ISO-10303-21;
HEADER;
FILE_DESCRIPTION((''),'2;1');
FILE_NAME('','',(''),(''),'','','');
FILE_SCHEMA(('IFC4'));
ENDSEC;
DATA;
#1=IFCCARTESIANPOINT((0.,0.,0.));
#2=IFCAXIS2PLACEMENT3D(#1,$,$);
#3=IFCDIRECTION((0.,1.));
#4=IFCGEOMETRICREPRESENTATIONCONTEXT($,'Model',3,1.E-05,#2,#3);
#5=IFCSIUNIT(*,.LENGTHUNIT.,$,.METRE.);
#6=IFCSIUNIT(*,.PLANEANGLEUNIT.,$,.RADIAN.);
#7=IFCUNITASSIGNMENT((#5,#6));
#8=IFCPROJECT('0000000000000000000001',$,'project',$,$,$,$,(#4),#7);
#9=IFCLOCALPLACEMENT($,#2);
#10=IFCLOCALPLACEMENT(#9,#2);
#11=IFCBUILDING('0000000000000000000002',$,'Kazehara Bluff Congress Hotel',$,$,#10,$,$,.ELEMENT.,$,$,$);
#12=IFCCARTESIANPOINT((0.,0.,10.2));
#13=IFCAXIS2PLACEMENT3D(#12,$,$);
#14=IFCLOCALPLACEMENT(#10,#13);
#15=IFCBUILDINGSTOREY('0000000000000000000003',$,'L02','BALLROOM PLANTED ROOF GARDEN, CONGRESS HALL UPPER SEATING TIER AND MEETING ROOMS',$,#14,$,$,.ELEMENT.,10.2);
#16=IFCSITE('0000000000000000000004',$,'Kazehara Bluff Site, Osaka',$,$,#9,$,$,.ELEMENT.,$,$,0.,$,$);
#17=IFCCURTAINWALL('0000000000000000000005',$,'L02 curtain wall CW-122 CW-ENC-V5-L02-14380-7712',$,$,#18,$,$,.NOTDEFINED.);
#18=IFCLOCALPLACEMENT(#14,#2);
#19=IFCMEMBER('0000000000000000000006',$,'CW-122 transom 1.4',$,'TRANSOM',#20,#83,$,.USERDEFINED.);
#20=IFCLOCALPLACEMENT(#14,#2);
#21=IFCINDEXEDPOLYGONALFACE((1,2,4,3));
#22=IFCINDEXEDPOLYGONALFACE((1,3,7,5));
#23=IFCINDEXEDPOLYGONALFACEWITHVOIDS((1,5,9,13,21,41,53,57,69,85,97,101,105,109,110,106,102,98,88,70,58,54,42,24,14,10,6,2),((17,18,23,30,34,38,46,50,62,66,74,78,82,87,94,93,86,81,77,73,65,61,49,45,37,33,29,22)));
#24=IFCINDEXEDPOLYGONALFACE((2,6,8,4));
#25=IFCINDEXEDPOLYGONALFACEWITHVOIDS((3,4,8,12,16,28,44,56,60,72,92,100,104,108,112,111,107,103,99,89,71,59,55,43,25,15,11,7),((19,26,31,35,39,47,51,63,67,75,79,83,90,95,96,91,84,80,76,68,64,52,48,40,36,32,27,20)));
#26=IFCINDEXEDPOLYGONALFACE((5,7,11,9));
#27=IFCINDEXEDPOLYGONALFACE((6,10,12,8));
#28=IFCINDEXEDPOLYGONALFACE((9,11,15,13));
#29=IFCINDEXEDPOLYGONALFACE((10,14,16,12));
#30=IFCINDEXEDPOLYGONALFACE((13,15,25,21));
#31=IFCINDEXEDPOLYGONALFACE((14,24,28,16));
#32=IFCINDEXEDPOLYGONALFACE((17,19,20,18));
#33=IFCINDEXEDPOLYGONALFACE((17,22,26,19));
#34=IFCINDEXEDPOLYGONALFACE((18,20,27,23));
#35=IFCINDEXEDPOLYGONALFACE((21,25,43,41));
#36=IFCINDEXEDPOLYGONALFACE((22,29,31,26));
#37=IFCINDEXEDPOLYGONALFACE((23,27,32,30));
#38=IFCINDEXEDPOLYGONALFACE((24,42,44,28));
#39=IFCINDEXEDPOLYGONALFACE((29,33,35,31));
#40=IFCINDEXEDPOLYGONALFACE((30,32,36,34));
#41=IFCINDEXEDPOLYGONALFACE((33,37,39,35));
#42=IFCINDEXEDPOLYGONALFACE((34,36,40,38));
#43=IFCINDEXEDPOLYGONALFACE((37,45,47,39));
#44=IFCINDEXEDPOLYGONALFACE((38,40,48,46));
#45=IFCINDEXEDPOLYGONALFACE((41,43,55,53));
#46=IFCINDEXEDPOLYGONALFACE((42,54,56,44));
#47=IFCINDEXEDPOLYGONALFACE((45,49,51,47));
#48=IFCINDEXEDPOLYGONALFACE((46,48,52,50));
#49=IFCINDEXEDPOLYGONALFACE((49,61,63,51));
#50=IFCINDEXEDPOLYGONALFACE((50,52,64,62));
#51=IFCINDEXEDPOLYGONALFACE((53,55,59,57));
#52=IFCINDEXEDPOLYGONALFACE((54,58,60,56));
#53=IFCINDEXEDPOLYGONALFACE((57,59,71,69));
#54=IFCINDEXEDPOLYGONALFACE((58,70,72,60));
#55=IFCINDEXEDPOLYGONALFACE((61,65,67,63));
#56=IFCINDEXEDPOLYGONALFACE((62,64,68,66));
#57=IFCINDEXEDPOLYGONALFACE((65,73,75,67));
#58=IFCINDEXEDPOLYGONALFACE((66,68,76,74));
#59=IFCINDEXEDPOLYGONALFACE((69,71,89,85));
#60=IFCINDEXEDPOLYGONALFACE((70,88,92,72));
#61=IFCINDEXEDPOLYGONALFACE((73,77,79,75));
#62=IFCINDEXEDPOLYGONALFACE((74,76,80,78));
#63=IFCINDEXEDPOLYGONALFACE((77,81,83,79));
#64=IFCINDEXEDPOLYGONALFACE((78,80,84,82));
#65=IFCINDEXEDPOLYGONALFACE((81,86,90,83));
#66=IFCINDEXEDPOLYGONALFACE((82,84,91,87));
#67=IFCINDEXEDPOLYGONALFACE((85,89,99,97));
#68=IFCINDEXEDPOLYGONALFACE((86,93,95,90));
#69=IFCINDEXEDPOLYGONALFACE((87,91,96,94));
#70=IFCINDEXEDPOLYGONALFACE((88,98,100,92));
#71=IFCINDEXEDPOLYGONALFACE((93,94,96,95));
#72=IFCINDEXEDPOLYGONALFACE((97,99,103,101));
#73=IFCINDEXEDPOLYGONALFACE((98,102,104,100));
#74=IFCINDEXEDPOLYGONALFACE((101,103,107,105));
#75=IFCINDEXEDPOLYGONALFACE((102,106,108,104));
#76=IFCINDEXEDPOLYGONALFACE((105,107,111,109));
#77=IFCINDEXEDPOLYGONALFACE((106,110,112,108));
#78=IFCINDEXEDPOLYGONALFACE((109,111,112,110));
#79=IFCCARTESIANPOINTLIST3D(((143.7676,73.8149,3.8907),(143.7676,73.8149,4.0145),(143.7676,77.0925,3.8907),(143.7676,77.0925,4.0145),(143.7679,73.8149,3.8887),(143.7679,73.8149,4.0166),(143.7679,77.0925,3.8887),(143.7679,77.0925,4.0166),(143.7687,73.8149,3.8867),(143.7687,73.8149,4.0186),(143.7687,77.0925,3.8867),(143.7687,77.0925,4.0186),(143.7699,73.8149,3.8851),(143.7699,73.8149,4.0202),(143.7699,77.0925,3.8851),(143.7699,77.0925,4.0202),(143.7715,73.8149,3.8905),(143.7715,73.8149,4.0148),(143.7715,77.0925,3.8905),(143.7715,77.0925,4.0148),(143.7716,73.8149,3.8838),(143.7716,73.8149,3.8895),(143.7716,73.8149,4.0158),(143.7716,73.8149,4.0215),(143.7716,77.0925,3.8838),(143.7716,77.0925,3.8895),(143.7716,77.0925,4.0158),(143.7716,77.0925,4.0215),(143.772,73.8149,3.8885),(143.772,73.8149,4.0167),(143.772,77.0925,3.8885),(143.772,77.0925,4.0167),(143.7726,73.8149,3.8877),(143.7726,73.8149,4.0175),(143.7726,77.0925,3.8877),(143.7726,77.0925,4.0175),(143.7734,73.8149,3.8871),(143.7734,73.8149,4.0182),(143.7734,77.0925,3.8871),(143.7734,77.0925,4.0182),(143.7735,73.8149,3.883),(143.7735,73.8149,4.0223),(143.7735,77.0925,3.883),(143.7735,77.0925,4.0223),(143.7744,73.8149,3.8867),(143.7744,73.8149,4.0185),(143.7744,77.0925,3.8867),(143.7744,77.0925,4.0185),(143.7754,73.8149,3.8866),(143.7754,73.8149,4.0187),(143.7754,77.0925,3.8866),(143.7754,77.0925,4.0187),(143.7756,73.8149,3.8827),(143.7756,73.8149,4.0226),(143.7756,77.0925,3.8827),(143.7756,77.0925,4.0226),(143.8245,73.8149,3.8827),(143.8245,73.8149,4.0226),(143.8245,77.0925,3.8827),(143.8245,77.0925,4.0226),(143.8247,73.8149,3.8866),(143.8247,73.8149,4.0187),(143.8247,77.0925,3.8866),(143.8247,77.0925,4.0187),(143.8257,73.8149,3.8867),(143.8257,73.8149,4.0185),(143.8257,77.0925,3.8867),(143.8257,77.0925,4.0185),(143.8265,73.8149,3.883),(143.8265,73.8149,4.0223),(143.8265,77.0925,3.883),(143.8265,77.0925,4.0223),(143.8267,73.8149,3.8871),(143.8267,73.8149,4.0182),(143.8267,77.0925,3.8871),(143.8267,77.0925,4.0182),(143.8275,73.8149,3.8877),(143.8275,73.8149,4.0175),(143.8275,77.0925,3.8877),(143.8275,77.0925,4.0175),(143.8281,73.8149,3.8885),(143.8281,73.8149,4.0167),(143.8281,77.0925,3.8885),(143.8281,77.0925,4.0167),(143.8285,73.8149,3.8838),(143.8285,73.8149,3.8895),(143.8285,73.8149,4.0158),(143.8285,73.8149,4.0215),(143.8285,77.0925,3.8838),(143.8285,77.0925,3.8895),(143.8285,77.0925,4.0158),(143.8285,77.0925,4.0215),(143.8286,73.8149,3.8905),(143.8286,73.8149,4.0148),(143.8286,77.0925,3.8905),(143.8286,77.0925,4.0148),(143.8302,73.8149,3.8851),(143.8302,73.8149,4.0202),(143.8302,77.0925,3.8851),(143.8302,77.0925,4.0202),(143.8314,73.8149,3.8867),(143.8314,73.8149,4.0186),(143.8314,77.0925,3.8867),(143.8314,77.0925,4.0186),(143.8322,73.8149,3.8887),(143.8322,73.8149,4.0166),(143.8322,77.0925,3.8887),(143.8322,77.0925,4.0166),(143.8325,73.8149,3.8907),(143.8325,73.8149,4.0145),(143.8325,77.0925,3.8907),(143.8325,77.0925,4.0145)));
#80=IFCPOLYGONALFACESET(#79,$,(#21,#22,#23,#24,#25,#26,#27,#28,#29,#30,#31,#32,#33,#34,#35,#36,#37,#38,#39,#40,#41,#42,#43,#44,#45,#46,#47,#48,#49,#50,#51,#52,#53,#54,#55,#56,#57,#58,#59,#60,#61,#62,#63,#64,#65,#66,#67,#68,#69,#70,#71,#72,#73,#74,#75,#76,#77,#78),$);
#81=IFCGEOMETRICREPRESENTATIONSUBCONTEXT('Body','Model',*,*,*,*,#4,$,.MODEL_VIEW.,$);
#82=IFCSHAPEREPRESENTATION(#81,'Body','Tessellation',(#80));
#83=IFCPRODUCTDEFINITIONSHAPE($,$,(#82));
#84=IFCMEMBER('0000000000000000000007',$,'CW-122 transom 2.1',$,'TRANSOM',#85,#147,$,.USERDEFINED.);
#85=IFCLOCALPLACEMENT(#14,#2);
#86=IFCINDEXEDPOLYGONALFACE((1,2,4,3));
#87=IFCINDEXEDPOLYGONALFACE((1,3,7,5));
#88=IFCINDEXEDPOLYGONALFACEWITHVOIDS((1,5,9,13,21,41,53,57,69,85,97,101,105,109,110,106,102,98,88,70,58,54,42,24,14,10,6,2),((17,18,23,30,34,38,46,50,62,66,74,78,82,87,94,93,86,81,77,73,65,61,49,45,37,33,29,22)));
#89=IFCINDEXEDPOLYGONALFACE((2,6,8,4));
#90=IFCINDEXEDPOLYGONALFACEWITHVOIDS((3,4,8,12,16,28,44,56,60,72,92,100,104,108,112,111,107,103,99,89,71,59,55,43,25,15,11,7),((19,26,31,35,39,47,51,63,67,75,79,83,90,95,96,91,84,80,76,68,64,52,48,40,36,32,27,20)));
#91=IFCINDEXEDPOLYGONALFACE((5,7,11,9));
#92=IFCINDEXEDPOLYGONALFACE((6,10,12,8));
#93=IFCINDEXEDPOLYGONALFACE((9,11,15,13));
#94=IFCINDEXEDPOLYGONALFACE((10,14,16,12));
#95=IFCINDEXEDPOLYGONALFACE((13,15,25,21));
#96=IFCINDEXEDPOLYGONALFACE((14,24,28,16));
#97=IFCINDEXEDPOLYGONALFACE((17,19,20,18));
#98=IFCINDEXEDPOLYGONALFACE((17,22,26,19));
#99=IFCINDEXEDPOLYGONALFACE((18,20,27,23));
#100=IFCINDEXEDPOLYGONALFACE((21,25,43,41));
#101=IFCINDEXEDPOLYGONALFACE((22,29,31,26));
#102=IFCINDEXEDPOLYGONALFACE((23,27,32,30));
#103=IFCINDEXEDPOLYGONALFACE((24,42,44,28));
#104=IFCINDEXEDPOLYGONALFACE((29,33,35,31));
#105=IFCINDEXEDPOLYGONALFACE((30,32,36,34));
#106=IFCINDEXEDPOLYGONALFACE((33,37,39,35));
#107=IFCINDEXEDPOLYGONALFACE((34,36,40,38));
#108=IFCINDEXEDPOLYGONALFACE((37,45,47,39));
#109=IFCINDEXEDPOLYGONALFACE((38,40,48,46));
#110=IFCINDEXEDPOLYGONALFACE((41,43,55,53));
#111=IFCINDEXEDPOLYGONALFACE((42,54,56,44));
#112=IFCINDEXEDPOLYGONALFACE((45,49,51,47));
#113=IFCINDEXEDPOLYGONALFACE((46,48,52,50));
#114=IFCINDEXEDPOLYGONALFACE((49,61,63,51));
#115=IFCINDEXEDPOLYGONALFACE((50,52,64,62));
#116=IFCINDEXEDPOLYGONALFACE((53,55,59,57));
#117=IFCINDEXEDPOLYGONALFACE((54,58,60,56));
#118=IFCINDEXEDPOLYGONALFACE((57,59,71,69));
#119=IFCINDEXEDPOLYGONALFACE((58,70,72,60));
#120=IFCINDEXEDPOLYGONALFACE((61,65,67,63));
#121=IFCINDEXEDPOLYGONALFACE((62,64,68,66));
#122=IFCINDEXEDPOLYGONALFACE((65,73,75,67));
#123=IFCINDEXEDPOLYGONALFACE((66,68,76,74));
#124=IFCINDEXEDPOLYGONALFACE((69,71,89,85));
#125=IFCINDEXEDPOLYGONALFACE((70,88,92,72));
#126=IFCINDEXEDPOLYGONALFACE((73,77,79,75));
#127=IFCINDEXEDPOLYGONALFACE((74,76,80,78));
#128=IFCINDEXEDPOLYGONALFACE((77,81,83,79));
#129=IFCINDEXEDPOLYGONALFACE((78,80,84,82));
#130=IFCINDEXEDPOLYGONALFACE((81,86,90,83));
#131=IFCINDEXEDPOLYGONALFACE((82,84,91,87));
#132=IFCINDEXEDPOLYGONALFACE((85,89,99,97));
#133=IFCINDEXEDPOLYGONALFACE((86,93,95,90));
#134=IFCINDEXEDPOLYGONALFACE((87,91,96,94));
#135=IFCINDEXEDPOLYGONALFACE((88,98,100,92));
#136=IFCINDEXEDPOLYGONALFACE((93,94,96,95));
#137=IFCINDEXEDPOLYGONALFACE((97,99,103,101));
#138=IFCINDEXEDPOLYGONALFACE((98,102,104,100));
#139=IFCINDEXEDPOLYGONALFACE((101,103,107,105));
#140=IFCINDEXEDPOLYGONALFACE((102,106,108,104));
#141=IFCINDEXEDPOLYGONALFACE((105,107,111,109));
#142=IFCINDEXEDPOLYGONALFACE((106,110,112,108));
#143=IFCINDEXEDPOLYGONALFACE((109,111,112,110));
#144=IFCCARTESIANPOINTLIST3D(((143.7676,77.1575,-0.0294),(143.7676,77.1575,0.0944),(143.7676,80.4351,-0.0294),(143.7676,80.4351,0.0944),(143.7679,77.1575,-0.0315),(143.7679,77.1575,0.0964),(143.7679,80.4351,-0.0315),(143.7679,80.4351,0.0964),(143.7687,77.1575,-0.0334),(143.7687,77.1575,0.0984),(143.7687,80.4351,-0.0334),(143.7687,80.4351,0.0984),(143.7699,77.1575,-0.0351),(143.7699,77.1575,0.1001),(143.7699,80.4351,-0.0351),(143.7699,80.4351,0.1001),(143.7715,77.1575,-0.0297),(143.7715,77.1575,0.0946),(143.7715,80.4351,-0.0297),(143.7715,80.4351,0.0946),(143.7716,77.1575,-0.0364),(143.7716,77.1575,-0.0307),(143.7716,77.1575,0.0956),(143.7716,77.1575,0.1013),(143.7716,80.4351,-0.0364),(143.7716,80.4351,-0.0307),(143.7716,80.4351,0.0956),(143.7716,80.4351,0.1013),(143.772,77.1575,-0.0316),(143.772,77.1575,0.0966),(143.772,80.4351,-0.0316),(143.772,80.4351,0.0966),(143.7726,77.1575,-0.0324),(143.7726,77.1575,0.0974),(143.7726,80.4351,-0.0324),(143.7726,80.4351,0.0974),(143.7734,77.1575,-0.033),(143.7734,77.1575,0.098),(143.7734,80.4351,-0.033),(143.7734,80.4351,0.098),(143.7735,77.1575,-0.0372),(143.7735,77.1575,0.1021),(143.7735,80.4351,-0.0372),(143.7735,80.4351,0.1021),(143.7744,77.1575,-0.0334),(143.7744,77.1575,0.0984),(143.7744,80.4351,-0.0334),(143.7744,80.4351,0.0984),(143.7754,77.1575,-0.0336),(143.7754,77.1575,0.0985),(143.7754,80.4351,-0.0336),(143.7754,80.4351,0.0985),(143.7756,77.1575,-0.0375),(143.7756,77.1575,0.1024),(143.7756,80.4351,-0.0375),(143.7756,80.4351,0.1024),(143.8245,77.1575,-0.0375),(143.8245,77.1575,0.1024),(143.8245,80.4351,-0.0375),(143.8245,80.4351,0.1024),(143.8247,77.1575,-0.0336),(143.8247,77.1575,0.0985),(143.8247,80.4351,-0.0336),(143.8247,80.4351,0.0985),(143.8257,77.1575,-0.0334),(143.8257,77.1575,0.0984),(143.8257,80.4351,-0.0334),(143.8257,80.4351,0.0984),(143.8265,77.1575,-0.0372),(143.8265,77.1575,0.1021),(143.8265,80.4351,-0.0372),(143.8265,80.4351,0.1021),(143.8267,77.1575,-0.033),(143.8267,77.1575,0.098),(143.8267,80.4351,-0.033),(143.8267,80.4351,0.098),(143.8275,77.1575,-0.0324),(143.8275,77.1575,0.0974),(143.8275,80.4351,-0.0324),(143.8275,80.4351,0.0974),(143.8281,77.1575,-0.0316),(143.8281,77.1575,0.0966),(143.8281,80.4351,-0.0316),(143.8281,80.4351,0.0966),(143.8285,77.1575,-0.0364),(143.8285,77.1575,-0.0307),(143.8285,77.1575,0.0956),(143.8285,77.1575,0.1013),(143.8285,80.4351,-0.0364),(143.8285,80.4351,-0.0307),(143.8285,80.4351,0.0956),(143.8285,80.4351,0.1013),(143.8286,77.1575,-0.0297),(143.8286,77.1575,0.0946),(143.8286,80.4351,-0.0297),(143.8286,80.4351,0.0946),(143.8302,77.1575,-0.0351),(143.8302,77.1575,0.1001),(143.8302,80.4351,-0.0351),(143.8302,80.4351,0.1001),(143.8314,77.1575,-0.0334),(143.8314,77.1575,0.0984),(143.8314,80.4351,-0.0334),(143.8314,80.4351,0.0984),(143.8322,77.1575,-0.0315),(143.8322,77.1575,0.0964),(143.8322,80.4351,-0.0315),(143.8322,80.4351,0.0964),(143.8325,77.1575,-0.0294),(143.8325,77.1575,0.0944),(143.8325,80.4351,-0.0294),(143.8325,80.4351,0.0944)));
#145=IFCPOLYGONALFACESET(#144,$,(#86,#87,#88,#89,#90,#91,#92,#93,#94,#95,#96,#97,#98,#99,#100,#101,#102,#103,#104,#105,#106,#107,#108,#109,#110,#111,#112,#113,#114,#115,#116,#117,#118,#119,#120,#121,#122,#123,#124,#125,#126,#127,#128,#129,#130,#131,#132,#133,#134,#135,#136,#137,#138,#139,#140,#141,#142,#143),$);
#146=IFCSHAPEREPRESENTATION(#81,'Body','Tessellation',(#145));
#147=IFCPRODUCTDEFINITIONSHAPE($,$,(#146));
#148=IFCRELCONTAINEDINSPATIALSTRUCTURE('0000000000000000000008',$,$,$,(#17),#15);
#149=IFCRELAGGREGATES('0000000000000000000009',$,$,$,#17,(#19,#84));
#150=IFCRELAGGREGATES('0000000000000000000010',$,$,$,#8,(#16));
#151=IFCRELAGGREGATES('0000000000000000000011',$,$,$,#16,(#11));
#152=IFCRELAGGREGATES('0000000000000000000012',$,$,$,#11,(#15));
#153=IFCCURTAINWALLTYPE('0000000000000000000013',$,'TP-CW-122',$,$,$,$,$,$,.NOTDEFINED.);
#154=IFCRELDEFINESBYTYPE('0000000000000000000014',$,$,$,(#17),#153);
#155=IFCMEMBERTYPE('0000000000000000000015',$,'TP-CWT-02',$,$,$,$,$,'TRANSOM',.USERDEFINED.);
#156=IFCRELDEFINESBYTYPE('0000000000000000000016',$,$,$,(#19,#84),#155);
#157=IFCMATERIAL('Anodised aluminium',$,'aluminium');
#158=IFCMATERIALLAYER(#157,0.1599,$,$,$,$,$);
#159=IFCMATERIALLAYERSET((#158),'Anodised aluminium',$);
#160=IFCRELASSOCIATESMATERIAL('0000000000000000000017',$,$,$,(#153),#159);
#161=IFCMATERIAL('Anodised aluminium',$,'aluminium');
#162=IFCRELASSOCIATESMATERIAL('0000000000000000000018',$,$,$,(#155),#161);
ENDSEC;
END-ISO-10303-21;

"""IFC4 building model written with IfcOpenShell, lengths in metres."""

from ifc_helpers import new_model, si_unit, direction, frame, origin, origin_2d, place, context, subcontext, project, spatial, hollow_rectangle, extrude, material, layer, layer_set, material_profile, profile_set, type_object, element, aggregate, save


model = new_model("IFC4")

# Units and contexts
model_context = context("Model", 3, precision=1e-05, world=origin(), true_north=direction((0.0, 1.0)))
body_context = subcontext(model_context, "Body", "Model", "MODEL_VIEW")
ifc_project = project(units=[si_unit("LENGTHUNIT", "METRE"), si_unit("PLANEANGLEUNIT", "RADIAN")], contexts=[model_context])

# Site, building, storey
site_placement = place(None, origin())
site = spatial("IfcSite", under=ifc_project, at=site_placement, Name="Kazehara Bluff Site, Osaka", CompositionType="ELEMENT", RefElevation=0.0)
building_placement = place(site_placement, origin())
building = spatial("IfcBuilding", under=site, at=building_placement, Name="Kazehara Bluff Congress Hotel", CompositionType="ELEMENT")
storey_placement = place(building_placement, frame((0.0, 0.0, 10.2)))
storey = spatial("IfcBuildingStorey", under=building, at=storey_placement, Name="L02", Description="BALLROOM PLANTED ROOF GARDEN, CONGRESS HALL UPPER SEATING TIER AND MEETING ROOMS", CompositionType="ELEMENT", Elevation=10.2)

# Curtain wall
ifc_material_1 = material(Name="Anodised aluminium", Category="aluminium")
ifc_layer_1 = layer(ifc_material_1, 0.1599)
ifc_layer_set_1 = layer_set([ifc_layer_1], Name="Anodised aluminium")
curtain_wall_type_1 = type_object("IfcCurtainWallType", Name="TP-CW-122", PredefinedType="NOTDEFINED", material=ifc_layer_set_1)
curtain_wall_1_placement = place(storey_placement, origin())
curtain_wall_1 = element("IfcCurtainWall", 1, at=curtain_wall_1_placement, inside=storey, type_object=curtain_wall_type_1, Name="L02 curtain wall CW-122 CW-ENC-V5-L02-14380-7712", PredefinedType="NOTDEFINED")

# Members
ifc_material_2 = material(Name="Anodised aluminium", Category="aluminium")
ifc_material_profile_1 = material_profile(ifc_material_2, hollow_rectangle(XDim=0.0649, YDim=0.1399, WallThickness=0.0039, InnerFilletRadius=0.0039, OuterFilletRadius=0.0081, at=origin_2d()))
ifc_profile_set_1 = profile_set([ifc_material_profile_1], Name="Anodised aluminium")
member_type_1 = type_object("IfcMemberType", Name="TP-CWT-02", ElementType="TRANSOM", PredefinedType="USERDEFINED", material=ifc_profile_set_1)
member_1_placement = place(storey_placement, frame((143.8, 73.8149, 3.9526), z_axis=(0.0, 1.0, 0.0), x_axis=(-1.0, 0.0, 0.0)))
member_1 = element("IfcMember", 2, at=member_1_placement, type_object=member_type_1, Name="CW-122 transom 1.4", ObjectType="TRANSOM", PredefinedType="USERDEFINED", context=body_context, shape_type="SweptSolid", body=[
    extrude(hollow_rectangle(XDim=0.0649, YDim=0.1399, WallThickness=0.0039, InnerFilletRadius=0.0039, OuterFilletRadius=0.0081, at=origin_2d()), origin(), (0.0, 0.0, 1.0), 3.2776),
])
member_2_placement = place(storey_placement, frame((143.8, 77.1575, 0.0325), z_axis=(0.0, 1.0, 0.0), x_axis=(-1.0, 0.0, 0.0)))
member_2 = element("IfcMember", 3, at=member_2_placement, type_object=member_type_1, Name="CW-122 transom 2.1", ObjectType="TRANSOM", PredefinedType="USERDEFINED", context=body_context, shape_type="SweptSolid", body=[
    extrude(hollow_rectangle(XDim=0.0649, YDim=0.1399, WallThickness=0.0039, InnerFilletRadius=0.0039, OuterFilletRadius=0.0081, at=origin_2d()), origin(), (0.0, 0.0, 1.0), 3.2776),
])

aggregate(curtain_wall_1, [member_1, member_2])

save(model, "model.ifc")
